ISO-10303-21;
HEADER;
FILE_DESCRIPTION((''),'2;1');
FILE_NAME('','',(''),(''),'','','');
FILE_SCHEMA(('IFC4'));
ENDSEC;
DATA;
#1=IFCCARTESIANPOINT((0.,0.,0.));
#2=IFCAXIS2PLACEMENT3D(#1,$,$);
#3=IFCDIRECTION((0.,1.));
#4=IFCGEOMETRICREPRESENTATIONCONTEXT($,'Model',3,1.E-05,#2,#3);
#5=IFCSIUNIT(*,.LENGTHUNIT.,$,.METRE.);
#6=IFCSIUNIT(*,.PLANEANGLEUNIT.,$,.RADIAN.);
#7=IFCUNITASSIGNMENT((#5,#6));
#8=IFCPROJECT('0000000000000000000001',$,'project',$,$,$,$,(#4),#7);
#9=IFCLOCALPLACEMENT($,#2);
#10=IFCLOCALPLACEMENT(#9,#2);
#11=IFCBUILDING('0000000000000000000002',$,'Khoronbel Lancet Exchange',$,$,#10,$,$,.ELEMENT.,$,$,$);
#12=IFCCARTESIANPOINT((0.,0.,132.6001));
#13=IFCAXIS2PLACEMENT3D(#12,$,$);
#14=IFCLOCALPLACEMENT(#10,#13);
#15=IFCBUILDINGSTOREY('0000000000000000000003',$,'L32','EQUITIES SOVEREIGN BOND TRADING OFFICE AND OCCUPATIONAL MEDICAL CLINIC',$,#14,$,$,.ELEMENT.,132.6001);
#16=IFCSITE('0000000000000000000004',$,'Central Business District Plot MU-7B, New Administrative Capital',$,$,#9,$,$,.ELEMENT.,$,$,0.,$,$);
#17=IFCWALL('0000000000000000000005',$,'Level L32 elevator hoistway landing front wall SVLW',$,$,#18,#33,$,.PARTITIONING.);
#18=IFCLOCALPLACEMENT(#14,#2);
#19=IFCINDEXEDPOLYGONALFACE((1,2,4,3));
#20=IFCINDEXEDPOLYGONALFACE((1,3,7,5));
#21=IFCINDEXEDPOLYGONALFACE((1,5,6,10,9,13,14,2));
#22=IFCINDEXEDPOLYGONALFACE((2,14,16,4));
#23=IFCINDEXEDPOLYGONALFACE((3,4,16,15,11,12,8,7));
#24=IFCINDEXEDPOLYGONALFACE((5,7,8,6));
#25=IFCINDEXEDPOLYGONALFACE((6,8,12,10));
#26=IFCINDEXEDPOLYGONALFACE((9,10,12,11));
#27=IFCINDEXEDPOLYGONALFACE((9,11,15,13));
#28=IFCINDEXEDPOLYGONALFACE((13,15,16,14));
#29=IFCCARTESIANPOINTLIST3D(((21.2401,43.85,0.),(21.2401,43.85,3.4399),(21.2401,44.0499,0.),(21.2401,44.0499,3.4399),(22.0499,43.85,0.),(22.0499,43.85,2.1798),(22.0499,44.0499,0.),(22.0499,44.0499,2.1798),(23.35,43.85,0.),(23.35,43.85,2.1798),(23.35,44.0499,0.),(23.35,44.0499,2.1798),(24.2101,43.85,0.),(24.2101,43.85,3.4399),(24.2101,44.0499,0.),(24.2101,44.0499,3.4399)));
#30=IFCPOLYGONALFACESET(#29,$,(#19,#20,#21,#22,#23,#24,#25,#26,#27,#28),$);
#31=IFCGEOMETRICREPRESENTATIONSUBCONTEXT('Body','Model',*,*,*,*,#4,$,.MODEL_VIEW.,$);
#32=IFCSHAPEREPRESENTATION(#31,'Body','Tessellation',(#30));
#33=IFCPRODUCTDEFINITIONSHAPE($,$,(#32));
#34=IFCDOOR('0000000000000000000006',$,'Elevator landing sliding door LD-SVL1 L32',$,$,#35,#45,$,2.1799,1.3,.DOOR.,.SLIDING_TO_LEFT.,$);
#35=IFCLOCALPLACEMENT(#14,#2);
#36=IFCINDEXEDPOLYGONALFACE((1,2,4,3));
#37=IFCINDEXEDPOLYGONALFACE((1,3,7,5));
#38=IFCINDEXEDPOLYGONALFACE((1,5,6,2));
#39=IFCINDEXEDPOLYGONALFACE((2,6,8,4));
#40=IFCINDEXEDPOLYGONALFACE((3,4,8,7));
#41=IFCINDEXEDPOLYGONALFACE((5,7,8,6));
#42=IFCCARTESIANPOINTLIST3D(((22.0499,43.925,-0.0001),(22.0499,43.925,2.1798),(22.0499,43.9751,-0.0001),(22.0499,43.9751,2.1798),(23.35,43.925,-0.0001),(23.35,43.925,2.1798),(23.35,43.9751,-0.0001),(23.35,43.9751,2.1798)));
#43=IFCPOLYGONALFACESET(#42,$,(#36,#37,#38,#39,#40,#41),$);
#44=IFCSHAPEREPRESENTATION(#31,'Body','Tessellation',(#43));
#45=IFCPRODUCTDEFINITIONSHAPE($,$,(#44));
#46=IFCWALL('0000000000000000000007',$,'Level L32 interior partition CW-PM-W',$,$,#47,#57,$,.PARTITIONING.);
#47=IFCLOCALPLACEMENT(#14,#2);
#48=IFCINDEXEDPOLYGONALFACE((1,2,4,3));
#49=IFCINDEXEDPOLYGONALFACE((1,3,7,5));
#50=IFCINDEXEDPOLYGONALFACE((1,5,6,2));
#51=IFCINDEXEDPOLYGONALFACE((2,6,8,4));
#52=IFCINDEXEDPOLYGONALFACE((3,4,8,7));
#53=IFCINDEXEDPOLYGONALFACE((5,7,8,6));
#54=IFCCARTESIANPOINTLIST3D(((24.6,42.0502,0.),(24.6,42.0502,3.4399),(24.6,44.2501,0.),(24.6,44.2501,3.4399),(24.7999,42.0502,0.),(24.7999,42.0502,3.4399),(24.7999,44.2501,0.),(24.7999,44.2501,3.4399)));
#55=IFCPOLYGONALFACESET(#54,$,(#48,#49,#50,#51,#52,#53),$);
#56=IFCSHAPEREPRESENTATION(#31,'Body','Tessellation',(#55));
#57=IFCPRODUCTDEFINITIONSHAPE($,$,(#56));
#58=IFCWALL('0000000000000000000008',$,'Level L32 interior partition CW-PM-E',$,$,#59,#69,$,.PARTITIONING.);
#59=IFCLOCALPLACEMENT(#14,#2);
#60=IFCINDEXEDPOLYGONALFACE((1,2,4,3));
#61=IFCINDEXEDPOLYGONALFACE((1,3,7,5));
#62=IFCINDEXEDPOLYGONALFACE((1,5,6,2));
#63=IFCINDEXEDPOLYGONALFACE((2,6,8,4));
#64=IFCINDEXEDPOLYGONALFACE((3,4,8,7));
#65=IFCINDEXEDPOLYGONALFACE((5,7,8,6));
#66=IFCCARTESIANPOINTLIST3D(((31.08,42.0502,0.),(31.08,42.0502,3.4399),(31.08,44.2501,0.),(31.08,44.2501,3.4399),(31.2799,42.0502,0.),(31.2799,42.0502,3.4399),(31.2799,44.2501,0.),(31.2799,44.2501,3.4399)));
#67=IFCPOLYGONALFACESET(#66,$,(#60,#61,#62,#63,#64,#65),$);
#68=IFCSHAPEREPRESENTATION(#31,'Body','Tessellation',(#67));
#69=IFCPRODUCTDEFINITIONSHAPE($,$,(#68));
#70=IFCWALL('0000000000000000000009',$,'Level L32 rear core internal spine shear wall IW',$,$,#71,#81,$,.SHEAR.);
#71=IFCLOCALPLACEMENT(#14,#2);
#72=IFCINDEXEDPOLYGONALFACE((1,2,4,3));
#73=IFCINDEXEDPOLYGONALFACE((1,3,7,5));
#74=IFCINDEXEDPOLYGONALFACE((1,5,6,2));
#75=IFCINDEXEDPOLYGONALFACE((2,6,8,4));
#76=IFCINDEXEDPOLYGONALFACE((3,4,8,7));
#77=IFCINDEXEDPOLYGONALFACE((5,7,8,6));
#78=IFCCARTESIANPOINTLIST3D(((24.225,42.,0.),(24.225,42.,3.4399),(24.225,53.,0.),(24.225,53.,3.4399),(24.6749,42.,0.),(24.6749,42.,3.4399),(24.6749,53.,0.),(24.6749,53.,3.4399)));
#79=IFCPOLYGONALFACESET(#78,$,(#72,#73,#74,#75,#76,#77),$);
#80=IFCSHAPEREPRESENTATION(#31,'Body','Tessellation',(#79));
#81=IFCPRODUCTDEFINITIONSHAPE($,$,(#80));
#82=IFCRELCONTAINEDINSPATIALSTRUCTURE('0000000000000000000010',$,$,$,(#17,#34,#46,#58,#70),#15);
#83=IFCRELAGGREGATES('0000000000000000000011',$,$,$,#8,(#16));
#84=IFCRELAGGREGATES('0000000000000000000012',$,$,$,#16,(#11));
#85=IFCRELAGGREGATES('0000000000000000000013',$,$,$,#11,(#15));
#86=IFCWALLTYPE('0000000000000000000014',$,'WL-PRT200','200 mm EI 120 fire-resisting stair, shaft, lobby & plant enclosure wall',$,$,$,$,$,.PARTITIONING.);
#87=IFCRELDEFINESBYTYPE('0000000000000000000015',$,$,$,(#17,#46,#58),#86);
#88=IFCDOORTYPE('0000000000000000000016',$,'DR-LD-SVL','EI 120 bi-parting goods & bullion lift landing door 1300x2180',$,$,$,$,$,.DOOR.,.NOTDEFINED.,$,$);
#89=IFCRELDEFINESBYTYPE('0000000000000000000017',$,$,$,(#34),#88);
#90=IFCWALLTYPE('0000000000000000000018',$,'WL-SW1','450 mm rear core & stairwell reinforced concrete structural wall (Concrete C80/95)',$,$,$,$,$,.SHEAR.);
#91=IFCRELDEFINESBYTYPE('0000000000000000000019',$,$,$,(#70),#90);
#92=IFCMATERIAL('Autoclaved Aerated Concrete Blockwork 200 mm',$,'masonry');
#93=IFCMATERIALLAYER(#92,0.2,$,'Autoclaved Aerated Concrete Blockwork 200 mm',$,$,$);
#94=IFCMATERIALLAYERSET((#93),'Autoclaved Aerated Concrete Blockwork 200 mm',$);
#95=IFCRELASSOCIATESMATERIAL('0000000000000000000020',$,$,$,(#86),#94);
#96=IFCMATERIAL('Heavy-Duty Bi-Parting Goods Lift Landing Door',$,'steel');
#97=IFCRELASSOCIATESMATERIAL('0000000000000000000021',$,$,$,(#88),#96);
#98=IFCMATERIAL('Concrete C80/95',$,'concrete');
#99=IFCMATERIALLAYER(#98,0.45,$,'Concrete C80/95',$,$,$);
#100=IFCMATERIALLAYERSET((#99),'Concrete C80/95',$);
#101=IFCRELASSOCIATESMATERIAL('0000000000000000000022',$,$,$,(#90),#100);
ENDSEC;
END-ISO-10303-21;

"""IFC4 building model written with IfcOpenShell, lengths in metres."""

from ifc_helpers import new_model, si_unit, direction, frame, frame_2d, origin, place, context, subcontext, project, spatial, rectangle, extrude, material, layer, layer_set, type_object, element, fill, save


model = new_model("IFC4")

# Units and contexts
model_context = context("Model", 3, precision=1e-05, world=origin(), true_north=direction((0.0, 1.0)))
body_context = subcontext(model_context, "Body", "Model", "MODEL_VIEW")
ifc_project = project(units=[si_unit("LENGTHUNIT", "METRE"), si_unit("PLANEANGLEUNIT", "RADIAN")], contexts=[model_context])

# Site, building, storey
site_placement = place(None, origin())
site = spatial("IfcSite", under=ifc_project, at=site_placement, Name="Central Business District Plot MU-7B, New Administrative Capital", CompositionType="ELEMENT", RefElevation=0.0)
building_placement = place(site_placement, origin())
building = spatial("IfcBuilding", under=site, at=building_placement, Name="Khoronbel Lancet Exchange", CompositionType="ELEMENT")
storey_placement = place(building_placement, frame((0.0, 0.0, 132.6001)))
storey = spatial("IfcBuildingStorey", under=building, at=storey_placement, Name="L32", Description="EQUITIES SOVEREIGN BOND TRADING OFFICE AND OCCUPATIONAL MEDICAL CLINIC", CompositionType="ELEMENT", Elevation=132.6001)

# Shared definitions
ifc_material_1 = material(Name="Concrete C80/95", Category="concrete")

# Wall, opening, door
ifc_material_2 = material(Name="Autoclaved Aerated Concrete Blockwork 200 mm", Category="masonry")
ifc_layer_1 = layer(ifc_material_2, 0.2, Name="Autoclaved Aerated Concrete Blockwork 200 mm")
ifc_layer_set_1 = layer_set([ifc_layer_1], Name="Autoclaved Aerated Concrete Blockwork 200 mm")
wall_type_1 = type_object("IfcWallType", Name="WL-PRT200", Description="200 mm EI 120 fire-resisting stair, shaft, lobby & plant enclosure wall", PredefinedType="PARTITIONING", material=ifc_layer_set_1)
wall_1_placement = place(storey_placement, frame((24.21, 43.95, 0.0), z_axis=(0.0, 0.0, 1.0), x_axis=(-1.0, 0.0, 0.0)))
wall_1 = element("IfcWall", 1, at=wall_1_placement, inside=storey, type_object=wall_type_1, Name="Level L32 elevator hoistway landing front wall SVLW", PredefinedType="PARTITIONING", context=body_context, shape_type="SweptSolid", body=[
    extrude(rectangle(XDim=2.97, YDim=0.2, at=frame_2d((1.4849, 0.0))), origin(), (0.0, 0.0, 1.0), 3.4399),
])
opening_1_placement = place(wall_1_placement, frame((0.8601, 0.0, 0.0)))
opening_1 = element("IfcOpeningElement", 2, at=opening_1_placement, cuts=wall_1, PredefinedType="OPENING", context=body_context, shape_type="SweptSolid", body=[
    extrude(rectangle(XDim=1.3, YDim=2.1799, at=frame_2d((0.6499, 1.0898))), frame((0.0, 0.1099, 0.0), z_axis=(0.0, -1.0, 0.0), x_axis=(1.0, 0.0, 0.0)), (0.0, 0.0, 1.0), 0.22),
])
ifc_material_3 = material(Name="Heavy-Duty Bi-Parting Goods Lift Landing Door", Category="steel")
door_type_1 = type_object("IfcDoorType", Name="DR-LD-SVL", Description="EI 120 bi-parting goods & bullion lift landing door 1300x2180", OperationType="NOTDEFINED", PredefinedType="DOOR", material=ifc_material_3)
door_1_placement = place(opening_1_placement, origin())
door_1 = element("IfcDoor", 3, at=door_1_placement, inside=storey, type_object=door_type_1, Name="Elevator landing sliding door LD-SVL1 L32", OperationType="SLIDING_TO_LEFT", OverallHeight=2.1799, OverallWidth=1.3, PredefinedType="DOOR", context=body_context, shape_type="SweptSolid", body=[
    extrude(rectangle(XDim=1.3, YDim=2.1799, at=frame_2d((0.6499, 1.0898))), frame((0.0, 0.0249, 0.0), z_axis=(0.0, -1.0, 0.0), x_axis=(1.0, 0.0, 0.0)), (0.0, 0.0, 1.0), 0.05),
])
fill(opening_1, door_1)

# Walls
for number, where, z_axis, x_axis, name in (
    (4, (24.7, 42.05, 0.0), (0.0, 0.0, 1.0), (0.0, 1.0, 0.0), "Level L32 interior partition CW-PM-W"),
    (5, (31.1799, 42.05, 0.0), (0.0, 0.0, 1.0), (0.0, 1.0, 0.0), "Level L32 interior partition CW-PM-E"),
):
    element("IfcWall", number, at=place(storey_placement, frame(where, z_axis=z_axis, x_axis=x_axis)), inside=storey, type_object=wall_type_1, Name=name, PredefinedType="PARTITIONING", context=body_context, shape_type="SweptSolid", body=[
        extrude(rectangle(XDim=2.2, YDim=0.2, at=frame_2d((1.1001, 0.0))), origin(), (0.0, 0.0, 1.0), 3.4399),
    ])
ifc_layer_2 = layer(ifc_material_1, 0.45, Name="Concrete C80/95")
ifc_layer_set_2 = layer_set([ifc_layer_2], Name="Concrete C80/95")
wall_type_2 = type_object("IfcWallType", Name="WL-SW1", Description="450 mm rear core & stairwell reinforced concrete structural wall (Concrete C80/95)", PredefinedType="SHEAR", material=ifc_layer_set_2)
wall_2_placement = place(storey_placement, frame((24.45, 42.0, 0.0), z_axis=(0.0, 0.0, 1.0), x_axis=(0.0, 1.0, 0.0)))
element("IfcWall", 6, at=wall_2_placement, inside=storey, type_object=wall_type_2, Name="Level L32 rear core internal spine shear wall IW", PredefinedType="SHEAR", context=body_context, shape_type="SweptSolid", body=[
    extrude(rectangle(XDim=11.0, YDim=0.45, at=frame_2d((5.5, 0.0))), origin(), (0.0, 0.0, 1.0), 3.4399),
])

save(model, "model.ifc")
